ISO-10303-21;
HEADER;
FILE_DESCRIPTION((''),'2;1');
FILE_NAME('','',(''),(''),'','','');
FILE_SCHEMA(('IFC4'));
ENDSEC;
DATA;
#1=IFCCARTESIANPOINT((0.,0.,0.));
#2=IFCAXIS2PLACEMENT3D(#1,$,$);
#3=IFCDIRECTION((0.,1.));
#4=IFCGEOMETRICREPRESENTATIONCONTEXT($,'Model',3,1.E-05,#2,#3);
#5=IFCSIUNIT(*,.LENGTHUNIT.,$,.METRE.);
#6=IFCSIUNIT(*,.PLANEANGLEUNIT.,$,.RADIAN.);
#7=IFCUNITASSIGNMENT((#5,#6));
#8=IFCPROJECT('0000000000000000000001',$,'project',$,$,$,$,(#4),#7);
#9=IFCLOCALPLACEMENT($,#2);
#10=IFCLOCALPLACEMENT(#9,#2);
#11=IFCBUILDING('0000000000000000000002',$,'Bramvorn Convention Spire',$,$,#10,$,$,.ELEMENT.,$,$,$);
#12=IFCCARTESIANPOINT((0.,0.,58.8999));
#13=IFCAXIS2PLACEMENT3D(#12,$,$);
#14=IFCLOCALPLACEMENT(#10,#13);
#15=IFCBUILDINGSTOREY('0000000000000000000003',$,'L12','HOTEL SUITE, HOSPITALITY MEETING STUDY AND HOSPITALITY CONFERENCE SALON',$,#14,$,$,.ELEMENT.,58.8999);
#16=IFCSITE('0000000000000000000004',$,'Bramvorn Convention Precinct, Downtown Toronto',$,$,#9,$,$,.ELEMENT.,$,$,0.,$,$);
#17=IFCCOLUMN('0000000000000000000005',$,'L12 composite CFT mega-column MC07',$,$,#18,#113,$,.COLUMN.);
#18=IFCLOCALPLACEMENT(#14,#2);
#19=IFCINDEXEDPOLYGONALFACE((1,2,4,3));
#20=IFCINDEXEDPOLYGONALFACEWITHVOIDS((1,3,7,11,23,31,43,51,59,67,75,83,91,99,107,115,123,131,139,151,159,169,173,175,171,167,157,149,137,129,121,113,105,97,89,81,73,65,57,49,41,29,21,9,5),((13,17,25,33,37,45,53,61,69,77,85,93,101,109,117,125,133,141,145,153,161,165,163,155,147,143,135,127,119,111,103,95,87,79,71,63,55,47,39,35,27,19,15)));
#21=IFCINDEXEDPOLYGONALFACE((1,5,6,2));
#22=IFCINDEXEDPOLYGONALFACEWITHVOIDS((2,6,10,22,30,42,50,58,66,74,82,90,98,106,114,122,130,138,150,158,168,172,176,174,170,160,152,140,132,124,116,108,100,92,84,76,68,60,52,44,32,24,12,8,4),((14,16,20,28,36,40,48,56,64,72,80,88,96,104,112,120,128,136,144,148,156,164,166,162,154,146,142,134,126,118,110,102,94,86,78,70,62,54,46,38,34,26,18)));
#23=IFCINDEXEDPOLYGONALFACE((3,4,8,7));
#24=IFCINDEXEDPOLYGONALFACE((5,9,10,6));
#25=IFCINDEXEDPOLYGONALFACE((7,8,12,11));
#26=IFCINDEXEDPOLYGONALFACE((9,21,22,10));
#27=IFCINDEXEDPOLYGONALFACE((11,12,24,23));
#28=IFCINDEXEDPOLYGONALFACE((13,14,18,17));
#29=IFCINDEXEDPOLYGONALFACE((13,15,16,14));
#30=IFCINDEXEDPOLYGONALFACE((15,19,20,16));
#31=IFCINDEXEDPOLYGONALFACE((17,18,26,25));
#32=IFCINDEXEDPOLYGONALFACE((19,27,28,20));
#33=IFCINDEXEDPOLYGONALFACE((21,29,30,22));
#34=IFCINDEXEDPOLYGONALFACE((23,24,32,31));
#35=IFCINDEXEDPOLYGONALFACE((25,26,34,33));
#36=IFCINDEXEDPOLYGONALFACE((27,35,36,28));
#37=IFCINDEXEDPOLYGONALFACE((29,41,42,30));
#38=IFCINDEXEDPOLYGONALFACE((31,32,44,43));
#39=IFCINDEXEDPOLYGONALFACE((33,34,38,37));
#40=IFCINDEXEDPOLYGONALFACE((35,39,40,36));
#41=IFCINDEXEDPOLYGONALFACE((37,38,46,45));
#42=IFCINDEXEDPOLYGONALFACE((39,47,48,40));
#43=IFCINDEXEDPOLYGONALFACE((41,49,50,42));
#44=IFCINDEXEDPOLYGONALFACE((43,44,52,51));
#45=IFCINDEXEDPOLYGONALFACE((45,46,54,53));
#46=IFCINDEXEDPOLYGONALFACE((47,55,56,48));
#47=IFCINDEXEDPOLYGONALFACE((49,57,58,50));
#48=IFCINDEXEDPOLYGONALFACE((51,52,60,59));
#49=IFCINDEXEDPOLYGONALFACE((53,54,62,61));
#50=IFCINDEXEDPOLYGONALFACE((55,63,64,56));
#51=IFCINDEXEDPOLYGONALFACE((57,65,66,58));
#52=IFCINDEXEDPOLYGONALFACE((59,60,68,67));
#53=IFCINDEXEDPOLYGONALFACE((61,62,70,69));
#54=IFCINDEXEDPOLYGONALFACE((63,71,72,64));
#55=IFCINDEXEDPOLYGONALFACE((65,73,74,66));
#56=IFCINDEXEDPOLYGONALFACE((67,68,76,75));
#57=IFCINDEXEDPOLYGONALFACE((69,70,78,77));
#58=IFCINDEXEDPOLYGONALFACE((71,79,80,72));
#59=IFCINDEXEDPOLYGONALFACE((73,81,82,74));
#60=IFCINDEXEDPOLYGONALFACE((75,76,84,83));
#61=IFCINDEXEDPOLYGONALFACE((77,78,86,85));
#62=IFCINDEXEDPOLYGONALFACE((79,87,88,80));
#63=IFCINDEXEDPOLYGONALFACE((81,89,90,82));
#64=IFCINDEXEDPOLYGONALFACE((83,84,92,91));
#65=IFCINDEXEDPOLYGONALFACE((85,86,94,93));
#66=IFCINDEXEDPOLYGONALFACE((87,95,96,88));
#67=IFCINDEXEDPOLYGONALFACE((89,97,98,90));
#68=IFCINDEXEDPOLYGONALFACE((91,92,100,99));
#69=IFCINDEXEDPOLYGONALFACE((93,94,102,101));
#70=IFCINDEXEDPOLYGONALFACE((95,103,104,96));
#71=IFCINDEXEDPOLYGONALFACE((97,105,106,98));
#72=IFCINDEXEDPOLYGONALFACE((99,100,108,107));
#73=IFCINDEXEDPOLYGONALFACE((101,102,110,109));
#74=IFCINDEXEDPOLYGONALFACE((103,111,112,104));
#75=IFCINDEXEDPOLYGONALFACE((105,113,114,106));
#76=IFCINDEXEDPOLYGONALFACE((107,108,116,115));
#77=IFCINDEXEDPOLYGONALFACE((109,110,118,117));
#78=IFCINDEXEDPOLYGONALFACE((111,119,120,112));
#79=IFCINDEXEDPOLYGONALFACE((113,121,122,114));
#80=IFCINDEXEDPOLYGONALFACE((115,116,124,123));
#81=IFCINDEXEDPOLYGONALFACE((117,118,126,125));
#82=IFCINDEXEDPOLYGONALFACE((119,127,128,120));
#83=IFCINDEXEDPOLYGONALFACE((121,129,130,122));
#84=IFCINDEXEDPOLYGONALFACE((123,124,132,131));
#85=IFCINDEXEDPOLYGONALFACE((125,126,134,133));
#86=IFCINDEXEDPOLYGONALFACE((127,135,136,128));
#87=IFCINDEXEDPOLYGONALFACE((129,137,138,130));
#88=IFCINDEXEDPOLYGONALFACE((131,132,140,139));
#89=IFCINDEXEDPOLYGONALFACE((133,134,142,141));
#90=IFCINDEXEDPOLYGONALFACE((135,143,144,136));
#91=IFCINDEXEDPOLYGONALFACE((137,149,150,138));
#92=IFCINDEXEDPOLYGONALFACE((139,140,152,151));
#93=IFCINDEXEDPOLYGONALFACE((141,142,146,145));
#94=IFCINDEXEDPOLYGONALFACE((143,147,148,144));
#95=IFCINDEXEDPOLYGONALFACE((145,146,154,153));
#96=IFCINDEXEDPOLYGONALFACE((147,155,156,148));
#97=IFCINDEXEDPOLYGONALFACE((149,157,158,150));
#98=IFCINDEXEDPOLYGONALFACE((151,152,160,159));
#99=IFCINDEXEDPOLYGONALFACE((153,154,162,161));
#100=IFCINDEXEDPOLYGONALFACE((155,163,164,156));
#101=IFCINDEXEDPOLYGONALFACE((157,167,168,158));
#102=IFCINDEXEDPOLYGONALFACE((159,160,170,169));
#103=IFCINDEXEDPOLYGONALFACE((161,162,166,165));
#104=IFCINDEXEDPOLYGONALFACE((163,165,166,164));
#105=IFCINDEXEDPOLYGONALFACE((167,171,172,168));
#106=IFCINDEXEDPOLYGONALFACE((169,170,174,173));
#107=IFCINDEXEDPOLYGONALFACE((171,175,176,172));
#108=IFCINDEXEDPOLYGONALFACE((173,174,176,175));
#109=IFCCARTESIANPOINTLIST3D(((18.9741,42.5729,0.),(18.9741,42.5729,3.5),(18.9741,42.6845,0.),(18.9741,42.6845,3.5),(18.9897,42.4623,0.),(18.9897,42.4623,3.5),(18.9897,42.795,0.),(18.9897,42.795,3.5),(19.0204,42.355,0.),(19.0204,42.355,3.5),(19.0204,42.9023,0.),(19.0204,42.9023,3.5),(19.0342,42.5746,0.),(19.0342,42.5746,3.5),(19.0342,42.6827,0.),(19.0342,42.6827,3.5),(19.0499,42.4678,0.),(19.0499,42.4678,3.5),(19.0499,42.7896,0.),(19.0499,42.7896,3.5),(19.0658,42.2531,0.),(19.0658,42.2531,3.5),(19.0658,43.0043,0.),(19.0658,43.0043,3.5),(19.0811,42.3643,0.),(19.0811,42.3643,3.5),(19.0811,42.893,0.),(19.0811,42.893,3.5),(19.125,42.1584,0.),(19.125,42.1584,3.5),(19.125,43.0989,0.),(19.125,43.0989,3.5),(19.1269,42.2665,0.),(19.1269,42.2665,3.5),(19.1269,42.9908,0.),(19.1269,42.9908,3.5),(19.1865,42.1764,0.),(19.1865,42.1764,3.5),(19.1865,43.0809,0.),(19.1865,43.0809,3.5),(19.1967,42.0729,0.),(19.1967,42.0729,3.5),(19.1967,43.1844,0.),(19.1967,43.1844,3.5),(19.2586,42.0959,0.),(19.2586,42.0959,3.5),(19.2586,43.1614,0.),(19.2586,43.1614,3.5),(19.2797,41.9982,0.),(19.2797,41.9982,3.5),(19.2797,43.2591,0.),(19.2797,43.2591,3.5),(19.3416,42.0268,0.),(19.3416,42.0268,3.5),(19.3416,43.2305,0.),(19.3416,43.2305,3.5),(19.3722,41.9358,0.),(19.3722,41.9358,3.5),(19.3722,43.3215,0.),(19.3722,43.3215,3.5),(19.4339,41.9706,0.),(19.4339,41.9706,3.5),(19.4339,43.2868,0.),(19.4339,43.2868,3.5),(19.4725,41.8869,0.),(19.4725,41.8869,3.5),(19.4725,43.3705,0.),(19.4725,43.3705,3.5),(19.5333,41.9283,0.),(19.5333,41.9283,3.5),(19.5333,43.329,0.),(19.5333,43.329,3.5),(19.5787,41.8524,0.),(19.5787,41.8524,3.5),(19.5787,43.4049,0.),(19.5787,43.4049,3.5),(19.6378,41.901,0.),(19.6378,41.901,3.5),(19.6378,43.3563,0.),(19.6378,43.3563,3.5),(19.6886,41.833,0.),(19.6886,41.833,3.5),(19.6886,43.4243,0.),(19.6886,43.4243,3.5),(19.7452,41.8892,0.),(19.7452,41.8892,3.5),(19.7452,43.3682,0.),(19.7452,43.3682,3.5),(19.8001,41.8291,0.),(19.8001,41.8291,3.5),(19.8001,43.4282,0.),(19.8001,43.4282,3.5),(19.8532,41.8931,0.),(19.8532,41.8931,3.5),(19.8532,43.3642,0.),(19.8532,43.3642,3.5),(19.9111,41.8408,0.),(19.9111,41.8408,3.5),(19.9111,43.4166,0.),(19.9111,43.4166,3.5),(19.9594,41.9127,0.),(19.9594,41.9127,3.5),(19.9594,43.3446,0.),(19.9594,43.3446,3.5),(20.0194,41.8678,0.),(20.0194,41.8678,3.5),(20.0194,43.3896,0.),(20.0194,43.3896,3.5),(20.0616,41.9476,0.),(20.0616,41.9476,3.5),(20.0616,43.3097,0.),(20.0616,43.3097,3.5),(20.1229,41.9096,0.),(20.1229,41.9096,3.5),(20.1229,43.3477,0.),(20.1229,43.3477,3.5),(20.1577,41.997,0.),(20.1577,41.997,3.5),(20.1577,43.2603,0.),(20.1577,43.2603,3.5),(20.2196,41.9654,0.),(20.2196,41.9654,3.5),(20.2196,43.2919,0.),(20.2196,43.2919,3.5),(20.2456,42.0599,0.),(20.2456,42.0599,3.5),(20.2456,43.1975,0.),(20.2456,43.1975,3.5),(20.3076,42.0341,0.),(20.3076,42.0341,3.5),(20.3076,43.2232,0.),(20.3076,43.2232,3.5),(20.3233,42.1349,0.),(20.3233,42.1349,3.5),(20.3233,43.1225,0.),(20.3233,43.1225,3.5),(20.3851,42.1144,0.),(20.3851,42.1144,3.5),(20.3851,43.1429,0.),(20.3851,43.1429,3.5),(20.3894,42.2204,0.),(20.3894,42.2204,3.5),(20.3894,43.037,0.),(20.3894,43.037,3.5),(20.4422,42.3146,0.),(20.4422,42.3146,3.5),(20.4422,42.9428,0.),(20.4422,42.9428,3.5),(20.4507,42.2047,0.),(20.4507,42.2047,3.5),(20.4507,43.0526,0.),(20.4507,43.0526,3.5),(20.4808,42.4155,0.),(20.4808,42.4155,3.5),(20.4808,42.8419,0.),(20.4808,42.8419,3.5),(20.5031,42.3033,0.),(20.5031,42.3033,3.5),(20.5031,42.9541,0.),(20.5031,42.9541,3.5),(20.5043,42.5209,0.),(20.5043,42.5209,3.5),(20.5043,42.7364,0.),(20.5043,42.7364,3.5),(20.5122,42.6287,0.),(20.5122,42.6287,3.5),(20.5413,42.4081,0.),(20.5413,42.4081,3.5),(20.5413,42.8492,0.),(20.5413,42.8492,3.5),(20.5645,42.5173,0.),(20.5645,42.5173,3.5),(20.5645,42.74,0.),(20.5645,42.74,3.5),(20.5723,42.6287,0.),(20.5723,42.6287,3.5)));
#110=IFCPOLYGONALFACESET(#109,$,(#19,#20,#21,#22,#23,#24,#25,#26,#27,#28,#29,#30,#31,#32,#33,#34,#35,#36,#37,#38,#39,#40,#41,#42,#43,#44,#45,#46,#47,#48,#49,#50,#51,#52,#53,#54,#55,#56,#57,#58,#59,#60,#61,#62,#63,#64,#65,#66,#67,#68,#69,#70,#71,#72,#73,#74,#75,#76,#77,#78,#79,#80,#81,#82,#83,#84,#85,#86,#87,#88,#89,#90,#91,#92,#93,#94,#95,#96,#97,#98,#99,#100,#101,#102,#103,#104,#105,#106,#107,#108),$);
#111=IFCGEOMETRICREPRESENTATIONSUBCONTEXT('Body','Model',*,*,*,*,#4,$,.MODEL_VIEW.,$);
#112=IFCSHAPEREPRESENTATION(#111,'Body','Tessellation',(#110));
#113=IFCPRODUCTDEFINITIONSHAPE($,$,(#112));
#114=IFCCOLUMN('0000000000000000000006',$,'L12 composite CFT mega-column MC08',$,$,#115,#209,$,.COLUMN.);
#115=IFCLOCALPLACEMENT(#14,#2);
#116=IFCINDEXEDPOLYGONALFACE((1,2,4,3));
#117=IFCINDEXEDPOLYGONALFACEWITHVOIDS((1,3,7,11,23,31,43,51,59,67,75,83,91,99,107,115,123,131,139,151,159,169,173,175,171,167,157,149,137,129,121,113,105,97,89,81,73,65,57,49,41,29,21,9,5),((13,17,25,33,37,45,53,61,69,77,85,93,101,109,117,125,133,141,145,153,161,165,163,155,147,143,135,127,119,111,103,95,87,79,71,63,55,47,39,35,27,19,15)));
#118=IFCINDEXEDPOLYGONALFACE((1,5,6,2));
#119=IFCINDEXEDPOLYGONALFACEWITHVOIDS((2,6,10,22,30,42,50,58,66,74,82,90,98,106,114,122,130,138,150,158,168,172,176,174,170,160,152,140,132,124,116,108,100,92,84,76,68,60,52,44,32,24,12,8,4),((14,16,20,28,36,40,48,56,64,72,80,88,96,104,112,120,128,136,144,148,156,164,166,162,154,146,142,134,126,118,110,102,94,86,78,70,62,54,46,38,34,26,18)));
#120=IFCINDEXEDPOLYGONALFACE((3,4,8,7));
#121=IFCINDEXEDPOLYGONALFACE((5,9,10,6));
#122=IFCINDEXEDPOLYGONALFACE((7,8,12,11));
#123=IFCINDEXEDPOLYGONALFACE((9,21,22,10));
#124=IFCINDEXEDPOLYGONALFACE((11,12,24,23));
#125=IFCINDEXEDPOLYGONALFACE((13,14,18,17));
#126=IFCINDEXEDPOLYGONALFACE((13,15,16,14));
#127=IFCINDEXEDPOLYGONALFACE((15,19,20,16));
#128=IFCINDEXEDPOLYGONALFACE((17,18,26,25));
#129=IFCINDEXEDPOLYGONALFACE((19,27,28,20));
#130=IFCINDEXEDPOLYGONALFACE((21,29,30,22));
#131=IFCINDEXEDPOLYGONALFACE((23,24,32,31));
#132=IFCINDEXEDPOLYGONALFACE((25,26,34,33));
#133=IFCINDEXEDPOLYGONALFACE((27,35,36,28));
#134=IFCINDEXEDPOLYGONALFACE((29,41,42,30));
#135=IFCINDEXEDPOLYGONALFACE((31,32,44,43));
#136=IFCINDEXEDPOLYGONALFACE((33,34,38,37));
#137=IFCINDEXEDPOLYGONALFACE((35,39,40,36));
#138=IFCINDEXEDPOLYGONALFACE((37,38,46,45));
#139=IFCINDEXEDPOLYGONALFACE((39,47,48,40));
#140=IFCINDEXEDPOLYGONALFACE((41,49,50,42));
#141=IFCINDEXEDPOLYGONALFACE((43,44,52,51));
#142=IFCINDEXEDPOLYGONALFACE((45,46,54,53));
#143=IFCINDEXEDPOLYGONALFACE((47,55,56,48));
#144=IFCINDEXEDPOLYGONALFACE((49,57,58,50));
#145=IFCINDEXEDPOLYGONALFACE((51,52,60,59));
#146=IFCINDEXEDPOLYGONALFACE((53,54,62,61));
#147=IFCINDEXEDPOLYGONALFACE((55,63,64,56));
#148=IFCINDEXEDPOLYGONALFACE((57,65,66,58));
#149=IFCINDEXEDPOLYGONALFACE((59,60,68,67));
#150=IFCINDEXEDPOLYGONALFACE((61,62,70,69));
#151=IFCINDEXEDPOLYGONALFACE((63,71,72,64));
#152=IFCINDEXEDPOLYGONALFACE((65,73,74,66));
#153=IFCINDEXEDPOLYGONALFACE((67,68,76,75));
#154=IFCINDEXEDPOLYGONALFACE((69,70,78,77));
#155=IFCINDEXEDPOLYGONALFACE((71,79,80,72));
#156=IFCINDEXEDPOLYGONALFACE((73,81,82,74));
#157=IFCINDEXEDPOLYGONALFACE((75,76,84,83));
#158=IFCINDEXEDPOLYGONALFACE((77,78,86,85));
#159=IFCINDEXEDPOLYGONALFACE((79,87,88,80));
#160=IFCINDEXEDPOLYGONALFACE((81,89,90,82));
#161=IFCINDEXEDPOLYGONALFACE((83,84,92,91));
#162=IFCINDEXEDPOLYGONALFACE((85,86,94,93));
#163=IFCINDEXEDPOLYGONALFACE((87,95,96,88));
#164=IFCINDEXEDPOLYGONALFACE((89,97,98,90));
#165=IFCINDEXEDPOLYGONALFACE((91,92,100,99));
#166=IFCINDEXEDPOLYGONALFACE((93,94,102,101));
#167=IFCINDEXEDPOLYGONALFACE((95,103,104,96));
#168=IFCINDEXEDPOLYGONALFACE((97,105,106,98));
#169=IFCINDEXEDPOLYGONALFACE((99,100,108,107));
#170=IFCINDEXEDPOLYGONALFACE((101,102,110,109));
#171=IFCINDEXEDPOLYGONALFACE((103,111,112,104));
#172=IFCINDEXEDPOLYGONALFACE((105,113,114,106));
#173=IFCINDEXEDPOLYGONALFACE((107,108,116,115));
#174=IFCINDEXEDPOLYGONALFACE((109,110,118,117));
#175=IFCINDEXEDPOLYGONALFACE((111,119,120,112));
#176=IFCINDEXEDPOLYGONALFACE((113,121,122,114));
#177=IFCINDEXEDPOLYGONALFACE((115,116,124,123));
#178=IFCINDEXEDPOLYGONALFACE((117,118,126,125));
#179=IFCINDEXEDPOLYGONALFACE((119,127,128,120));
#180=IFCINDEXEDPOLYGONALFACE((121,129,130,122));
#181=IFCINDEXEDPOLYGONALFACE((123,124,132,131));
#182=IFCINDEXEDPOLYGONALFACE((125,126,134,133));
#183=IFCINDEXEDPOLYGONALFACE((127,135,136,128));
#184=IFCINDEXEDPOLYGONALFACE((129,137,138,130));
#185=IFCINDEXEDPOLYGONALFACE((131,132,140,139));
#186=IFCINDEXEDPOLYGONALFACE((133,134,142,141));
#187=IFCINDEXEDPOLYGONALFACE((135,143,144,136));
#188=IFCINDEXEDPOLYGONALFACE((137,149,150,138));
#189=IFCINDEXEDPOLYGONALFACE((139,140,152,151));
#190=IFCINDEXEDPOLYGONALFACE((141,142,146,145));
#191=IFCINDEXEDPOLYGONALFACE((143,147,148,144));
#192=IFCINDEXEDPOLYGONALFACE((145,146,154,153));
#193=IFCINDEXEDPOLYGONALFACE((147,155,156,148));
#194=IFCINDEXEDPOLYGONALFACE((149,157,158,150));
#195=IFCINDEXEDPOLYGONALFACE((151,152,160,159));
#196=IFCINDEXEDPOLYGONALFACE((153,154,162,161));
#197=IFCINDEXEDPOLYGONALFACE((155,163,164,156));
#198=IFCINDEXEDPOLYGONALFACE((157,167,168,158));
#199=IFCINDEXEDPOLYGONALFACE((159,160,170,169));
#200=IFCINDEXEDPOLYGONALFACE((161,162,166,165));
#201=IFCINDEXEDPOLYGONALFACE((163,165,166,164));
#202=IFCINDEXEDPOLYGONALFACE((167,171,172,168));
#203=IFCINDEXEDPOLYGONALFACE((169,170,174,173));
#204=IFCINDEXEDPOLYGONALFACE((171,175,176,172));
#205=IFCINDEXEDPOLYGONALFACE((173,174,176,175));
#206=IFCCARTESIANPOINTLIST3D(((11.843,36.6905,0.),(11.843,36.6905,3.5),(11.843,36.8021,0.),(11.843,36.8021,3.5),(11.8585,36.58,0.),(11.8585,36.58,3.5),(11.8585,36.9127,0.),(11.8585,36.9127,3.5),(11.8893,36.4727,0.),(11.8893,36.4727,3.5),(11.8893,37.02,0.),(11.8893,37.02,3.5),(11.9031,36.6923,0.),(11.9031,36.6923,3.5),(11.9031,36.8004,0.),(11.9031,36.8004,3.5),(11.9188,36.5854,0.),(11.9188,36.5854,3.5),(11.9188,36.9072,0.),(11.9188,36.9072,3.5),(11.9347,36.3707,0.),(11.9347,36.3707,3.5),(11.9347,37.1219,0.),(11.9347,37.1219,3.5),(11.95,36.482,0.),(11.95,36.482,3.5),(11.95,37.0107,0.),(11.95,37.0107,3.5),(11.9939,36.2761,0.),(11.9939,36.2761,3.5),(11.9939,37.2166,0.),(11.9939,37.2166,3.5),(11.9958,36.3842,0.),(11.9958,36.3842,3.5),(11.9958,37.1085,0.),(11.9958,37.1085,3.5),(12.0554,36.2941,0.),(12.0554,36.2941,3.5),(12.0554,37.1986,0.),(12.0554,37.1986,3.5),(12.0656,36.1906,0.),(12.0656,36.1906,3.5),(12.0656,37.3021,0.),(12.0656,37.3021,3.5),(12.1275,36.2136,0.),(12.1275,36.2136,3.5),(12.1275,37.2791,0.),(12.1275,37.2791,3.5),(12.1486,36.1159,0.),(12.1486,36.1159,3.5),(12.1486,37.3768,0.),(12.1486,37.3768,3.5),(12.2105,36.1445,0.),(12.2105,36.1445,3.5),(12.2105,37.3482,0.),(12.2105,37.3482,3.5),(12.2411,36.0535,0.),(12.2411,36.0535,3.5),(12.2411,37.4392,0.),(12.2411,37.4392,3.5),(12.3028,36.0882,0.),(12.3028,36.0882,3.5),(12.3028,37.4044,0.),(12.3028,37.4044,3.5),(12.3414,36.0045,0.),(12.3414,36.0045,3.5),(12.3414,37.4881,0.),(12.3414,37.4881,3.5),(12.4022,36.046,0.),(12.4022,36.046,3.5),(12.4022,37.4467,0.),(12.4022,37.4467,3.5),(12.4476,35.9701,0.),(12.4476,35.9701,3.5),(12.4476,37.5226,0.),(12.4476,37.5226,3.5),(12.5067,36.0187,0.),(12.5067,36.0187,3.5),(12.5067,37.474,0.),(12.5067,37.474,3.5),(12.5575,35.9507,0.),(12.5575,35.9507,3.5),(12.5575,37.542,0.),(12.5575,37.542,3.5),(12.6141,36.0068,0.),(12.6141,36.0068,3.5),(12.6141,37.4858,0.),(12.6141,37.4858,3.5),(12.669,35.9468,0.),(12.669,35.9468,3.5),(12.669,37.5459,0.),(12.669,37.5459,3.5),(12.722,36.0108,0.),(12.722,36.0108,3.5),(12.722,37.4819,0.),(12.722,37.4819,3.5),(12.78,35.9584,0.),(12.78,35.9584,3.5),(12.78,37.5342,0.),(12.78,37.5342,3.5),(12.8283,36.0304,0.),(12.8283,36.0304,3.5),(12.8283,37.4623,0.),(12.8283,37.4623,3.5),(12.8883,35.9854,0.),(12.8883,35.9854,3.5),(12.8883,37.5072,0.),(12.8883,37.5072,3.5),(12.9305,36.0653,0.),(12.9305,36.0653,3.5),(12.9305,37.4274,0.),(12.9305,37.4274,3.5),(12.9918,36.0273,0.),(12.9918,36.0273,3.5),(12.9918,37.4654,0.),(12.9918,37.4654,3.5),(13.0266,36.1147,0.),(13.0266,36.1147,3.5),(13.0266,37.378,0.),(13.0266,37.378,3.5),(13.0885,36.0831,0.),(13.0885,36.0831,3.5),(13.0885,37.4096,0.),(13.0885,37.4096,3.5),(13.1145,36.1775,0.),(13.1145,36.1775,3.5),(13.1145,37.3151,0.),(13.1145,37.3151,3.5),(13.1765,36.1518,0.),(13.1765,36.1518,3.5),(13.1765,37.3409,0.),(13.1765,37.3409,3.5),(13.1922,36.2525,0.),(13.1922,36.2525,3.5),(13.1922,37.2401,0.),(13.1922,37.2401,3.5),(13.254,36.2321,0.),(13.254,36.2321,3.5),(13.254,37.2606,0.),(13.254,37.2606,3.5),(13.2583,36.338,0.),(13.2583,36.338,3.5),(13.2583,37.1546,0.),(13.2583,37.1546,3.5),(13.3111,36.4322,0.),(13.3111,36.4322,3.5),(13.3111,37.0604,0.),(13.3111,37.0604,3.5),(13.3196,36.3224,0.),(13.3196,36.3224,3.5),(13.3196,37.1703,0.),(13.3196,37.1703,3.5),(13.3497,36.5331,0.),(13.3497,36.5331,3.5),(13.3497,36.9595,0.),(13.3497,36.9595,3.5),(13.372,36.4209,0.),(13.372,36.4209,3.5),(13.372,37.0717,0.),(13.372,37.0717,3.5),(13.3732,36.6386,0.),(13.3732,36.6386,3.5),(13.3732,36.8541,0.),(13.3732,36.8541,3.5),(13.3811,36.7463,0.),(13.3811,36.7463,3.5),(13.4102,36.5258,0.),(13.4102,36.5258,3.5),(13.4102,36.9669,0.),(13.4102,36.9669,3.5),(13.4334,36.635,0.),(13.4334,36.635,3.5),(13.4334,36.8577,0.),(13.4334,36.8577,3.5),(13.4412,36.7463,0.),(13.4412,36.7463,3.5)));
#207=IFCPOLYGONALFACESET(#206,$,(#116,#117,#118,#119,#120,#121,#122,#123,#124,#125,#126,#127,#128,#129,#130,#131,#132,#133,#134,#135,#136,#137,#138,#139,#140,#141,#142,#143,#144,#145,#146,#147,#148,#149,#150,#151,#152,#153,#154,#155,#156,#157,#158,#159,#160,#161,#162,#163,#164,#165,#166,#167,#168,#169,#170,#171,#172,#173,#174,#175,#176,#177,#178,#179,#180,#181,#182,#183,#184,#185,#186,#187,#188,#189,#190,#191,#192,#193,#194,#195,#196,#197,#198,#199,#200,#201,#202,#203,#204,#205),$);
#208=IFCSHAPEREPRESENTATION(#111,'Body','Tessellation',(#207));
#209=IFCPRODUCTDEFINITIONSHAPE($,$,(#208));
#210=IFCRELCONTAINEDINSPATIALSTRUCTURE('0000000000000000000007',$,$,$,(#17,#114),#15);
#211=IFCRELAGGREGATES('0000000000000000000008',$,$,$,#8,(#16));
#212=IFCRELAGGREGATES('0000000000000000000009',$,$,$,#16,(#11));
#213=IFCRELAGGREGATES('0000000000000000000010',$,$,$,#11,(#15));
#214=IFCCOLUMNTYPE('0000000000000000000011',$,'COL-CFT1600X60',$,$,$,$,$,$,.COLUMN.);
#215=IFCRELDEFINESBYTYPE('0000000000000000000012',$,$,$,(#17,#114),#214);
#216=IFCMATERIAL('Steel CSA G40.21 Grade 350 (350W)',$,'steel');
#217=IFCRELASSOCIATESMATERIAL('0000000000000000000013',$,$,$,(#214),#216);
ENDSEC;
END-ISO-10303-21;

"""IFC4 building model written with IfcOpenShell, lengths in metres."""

from ifc_helpers import new_model, si_unit, direction, frame, origin, origin_2d, place, context, subcontext, project, spatial, hollow_circle, extrude, material, material_profile, profile_set, type_object, element, save


model = new_model("IFC4")

# Units and contexts
model_context = context("Model", 3, precision=1e-05, world=origin(), true_north=direction((0.0, 1.0)))
body_context = subcontext(model_context, "Body", "Model", "MODEL_VIEW")
ifc_project = project(units=[si_unit("LENGTHUNIT", "METRE"), si_unit("PLANEANGLEUNIT", "RADIAN")], contexts=[model_context])

# Site, building, storey
site_placement = place(None, origin())
site = spatial("IfcSite", under=ifc_project, at=site_placement, Name="Bramvorn Convention Precinct, Downtown Toronto", CompositionType="ELEMENT", RefElevation=0.0)
building_placement = place(site_placement, origin())
building = spatial("IfcBuilding", under=site, at=building_placement, Name="Bramvorn Convention Spire", CompositionType="ELEMENT")
storey_placement = place(building_placement, frame((0.0, 0.0, 58.8999)))
storey = spatial("IfcBuildingStorey", under=building, at=storey_placement, Name="L12", Description="HOTEL SUITE, HOSPITALITY MEETING STUDY AND HOSPITALITY CONFERENCE SALON", CompositionType="ELEMENT", Elevation=58.8999)

# Columns
ifc_material_1 = material(Name="Steel CSA G40.21 Grade 350 (350W)", Category="steel")
ifc_material_profile_1 = material_profile(ifc_material_1, hollow_circle(Radius=0.8, WallThickness=0.0601, at=origin_2d()))
ifc_profile_set_1 = profile_set([ifc_material_profile_1], Name="Steel CSA G40.21 Grade 350 (350W) - CFT1600X60")
column_type = type_object("IfcColumnType", Name="COL-CFT1600X60", PredefinedType="COLUMN", material=ifc_profile_set_1)
for number, where, z_axis, x_axis, name in (
    (1, (19.7722, 42.6287, 0.0), (0.0, 0.0, 1.0), (1.0, 0.0, 0.0), "L12 composite CFT mega-column MC07"),
    (2, (12.6411, 36.7463, 0.0), (0.0, 0.0, 1.0), (1.0, 0.0, 0.0), "L12 composite CFT mega-column MC08"),
):
    element("IfcColumn", number, at=place(storey_placement, frame(where, z_axis=z_axis, x_axis=x_axis)), inside=storey, type_object=column_type, Name=name, PredefinedType="COLUMN", context=body_context, shape_type="SweptSolid", body=[
        extrude(hollow_circle(Radius=0.8, WallThickness=0.0601, at=origin_2d()), origin(), (0.0, 0.0, 1.0), 3.5),
    ])

save(model, "model.ifc")
